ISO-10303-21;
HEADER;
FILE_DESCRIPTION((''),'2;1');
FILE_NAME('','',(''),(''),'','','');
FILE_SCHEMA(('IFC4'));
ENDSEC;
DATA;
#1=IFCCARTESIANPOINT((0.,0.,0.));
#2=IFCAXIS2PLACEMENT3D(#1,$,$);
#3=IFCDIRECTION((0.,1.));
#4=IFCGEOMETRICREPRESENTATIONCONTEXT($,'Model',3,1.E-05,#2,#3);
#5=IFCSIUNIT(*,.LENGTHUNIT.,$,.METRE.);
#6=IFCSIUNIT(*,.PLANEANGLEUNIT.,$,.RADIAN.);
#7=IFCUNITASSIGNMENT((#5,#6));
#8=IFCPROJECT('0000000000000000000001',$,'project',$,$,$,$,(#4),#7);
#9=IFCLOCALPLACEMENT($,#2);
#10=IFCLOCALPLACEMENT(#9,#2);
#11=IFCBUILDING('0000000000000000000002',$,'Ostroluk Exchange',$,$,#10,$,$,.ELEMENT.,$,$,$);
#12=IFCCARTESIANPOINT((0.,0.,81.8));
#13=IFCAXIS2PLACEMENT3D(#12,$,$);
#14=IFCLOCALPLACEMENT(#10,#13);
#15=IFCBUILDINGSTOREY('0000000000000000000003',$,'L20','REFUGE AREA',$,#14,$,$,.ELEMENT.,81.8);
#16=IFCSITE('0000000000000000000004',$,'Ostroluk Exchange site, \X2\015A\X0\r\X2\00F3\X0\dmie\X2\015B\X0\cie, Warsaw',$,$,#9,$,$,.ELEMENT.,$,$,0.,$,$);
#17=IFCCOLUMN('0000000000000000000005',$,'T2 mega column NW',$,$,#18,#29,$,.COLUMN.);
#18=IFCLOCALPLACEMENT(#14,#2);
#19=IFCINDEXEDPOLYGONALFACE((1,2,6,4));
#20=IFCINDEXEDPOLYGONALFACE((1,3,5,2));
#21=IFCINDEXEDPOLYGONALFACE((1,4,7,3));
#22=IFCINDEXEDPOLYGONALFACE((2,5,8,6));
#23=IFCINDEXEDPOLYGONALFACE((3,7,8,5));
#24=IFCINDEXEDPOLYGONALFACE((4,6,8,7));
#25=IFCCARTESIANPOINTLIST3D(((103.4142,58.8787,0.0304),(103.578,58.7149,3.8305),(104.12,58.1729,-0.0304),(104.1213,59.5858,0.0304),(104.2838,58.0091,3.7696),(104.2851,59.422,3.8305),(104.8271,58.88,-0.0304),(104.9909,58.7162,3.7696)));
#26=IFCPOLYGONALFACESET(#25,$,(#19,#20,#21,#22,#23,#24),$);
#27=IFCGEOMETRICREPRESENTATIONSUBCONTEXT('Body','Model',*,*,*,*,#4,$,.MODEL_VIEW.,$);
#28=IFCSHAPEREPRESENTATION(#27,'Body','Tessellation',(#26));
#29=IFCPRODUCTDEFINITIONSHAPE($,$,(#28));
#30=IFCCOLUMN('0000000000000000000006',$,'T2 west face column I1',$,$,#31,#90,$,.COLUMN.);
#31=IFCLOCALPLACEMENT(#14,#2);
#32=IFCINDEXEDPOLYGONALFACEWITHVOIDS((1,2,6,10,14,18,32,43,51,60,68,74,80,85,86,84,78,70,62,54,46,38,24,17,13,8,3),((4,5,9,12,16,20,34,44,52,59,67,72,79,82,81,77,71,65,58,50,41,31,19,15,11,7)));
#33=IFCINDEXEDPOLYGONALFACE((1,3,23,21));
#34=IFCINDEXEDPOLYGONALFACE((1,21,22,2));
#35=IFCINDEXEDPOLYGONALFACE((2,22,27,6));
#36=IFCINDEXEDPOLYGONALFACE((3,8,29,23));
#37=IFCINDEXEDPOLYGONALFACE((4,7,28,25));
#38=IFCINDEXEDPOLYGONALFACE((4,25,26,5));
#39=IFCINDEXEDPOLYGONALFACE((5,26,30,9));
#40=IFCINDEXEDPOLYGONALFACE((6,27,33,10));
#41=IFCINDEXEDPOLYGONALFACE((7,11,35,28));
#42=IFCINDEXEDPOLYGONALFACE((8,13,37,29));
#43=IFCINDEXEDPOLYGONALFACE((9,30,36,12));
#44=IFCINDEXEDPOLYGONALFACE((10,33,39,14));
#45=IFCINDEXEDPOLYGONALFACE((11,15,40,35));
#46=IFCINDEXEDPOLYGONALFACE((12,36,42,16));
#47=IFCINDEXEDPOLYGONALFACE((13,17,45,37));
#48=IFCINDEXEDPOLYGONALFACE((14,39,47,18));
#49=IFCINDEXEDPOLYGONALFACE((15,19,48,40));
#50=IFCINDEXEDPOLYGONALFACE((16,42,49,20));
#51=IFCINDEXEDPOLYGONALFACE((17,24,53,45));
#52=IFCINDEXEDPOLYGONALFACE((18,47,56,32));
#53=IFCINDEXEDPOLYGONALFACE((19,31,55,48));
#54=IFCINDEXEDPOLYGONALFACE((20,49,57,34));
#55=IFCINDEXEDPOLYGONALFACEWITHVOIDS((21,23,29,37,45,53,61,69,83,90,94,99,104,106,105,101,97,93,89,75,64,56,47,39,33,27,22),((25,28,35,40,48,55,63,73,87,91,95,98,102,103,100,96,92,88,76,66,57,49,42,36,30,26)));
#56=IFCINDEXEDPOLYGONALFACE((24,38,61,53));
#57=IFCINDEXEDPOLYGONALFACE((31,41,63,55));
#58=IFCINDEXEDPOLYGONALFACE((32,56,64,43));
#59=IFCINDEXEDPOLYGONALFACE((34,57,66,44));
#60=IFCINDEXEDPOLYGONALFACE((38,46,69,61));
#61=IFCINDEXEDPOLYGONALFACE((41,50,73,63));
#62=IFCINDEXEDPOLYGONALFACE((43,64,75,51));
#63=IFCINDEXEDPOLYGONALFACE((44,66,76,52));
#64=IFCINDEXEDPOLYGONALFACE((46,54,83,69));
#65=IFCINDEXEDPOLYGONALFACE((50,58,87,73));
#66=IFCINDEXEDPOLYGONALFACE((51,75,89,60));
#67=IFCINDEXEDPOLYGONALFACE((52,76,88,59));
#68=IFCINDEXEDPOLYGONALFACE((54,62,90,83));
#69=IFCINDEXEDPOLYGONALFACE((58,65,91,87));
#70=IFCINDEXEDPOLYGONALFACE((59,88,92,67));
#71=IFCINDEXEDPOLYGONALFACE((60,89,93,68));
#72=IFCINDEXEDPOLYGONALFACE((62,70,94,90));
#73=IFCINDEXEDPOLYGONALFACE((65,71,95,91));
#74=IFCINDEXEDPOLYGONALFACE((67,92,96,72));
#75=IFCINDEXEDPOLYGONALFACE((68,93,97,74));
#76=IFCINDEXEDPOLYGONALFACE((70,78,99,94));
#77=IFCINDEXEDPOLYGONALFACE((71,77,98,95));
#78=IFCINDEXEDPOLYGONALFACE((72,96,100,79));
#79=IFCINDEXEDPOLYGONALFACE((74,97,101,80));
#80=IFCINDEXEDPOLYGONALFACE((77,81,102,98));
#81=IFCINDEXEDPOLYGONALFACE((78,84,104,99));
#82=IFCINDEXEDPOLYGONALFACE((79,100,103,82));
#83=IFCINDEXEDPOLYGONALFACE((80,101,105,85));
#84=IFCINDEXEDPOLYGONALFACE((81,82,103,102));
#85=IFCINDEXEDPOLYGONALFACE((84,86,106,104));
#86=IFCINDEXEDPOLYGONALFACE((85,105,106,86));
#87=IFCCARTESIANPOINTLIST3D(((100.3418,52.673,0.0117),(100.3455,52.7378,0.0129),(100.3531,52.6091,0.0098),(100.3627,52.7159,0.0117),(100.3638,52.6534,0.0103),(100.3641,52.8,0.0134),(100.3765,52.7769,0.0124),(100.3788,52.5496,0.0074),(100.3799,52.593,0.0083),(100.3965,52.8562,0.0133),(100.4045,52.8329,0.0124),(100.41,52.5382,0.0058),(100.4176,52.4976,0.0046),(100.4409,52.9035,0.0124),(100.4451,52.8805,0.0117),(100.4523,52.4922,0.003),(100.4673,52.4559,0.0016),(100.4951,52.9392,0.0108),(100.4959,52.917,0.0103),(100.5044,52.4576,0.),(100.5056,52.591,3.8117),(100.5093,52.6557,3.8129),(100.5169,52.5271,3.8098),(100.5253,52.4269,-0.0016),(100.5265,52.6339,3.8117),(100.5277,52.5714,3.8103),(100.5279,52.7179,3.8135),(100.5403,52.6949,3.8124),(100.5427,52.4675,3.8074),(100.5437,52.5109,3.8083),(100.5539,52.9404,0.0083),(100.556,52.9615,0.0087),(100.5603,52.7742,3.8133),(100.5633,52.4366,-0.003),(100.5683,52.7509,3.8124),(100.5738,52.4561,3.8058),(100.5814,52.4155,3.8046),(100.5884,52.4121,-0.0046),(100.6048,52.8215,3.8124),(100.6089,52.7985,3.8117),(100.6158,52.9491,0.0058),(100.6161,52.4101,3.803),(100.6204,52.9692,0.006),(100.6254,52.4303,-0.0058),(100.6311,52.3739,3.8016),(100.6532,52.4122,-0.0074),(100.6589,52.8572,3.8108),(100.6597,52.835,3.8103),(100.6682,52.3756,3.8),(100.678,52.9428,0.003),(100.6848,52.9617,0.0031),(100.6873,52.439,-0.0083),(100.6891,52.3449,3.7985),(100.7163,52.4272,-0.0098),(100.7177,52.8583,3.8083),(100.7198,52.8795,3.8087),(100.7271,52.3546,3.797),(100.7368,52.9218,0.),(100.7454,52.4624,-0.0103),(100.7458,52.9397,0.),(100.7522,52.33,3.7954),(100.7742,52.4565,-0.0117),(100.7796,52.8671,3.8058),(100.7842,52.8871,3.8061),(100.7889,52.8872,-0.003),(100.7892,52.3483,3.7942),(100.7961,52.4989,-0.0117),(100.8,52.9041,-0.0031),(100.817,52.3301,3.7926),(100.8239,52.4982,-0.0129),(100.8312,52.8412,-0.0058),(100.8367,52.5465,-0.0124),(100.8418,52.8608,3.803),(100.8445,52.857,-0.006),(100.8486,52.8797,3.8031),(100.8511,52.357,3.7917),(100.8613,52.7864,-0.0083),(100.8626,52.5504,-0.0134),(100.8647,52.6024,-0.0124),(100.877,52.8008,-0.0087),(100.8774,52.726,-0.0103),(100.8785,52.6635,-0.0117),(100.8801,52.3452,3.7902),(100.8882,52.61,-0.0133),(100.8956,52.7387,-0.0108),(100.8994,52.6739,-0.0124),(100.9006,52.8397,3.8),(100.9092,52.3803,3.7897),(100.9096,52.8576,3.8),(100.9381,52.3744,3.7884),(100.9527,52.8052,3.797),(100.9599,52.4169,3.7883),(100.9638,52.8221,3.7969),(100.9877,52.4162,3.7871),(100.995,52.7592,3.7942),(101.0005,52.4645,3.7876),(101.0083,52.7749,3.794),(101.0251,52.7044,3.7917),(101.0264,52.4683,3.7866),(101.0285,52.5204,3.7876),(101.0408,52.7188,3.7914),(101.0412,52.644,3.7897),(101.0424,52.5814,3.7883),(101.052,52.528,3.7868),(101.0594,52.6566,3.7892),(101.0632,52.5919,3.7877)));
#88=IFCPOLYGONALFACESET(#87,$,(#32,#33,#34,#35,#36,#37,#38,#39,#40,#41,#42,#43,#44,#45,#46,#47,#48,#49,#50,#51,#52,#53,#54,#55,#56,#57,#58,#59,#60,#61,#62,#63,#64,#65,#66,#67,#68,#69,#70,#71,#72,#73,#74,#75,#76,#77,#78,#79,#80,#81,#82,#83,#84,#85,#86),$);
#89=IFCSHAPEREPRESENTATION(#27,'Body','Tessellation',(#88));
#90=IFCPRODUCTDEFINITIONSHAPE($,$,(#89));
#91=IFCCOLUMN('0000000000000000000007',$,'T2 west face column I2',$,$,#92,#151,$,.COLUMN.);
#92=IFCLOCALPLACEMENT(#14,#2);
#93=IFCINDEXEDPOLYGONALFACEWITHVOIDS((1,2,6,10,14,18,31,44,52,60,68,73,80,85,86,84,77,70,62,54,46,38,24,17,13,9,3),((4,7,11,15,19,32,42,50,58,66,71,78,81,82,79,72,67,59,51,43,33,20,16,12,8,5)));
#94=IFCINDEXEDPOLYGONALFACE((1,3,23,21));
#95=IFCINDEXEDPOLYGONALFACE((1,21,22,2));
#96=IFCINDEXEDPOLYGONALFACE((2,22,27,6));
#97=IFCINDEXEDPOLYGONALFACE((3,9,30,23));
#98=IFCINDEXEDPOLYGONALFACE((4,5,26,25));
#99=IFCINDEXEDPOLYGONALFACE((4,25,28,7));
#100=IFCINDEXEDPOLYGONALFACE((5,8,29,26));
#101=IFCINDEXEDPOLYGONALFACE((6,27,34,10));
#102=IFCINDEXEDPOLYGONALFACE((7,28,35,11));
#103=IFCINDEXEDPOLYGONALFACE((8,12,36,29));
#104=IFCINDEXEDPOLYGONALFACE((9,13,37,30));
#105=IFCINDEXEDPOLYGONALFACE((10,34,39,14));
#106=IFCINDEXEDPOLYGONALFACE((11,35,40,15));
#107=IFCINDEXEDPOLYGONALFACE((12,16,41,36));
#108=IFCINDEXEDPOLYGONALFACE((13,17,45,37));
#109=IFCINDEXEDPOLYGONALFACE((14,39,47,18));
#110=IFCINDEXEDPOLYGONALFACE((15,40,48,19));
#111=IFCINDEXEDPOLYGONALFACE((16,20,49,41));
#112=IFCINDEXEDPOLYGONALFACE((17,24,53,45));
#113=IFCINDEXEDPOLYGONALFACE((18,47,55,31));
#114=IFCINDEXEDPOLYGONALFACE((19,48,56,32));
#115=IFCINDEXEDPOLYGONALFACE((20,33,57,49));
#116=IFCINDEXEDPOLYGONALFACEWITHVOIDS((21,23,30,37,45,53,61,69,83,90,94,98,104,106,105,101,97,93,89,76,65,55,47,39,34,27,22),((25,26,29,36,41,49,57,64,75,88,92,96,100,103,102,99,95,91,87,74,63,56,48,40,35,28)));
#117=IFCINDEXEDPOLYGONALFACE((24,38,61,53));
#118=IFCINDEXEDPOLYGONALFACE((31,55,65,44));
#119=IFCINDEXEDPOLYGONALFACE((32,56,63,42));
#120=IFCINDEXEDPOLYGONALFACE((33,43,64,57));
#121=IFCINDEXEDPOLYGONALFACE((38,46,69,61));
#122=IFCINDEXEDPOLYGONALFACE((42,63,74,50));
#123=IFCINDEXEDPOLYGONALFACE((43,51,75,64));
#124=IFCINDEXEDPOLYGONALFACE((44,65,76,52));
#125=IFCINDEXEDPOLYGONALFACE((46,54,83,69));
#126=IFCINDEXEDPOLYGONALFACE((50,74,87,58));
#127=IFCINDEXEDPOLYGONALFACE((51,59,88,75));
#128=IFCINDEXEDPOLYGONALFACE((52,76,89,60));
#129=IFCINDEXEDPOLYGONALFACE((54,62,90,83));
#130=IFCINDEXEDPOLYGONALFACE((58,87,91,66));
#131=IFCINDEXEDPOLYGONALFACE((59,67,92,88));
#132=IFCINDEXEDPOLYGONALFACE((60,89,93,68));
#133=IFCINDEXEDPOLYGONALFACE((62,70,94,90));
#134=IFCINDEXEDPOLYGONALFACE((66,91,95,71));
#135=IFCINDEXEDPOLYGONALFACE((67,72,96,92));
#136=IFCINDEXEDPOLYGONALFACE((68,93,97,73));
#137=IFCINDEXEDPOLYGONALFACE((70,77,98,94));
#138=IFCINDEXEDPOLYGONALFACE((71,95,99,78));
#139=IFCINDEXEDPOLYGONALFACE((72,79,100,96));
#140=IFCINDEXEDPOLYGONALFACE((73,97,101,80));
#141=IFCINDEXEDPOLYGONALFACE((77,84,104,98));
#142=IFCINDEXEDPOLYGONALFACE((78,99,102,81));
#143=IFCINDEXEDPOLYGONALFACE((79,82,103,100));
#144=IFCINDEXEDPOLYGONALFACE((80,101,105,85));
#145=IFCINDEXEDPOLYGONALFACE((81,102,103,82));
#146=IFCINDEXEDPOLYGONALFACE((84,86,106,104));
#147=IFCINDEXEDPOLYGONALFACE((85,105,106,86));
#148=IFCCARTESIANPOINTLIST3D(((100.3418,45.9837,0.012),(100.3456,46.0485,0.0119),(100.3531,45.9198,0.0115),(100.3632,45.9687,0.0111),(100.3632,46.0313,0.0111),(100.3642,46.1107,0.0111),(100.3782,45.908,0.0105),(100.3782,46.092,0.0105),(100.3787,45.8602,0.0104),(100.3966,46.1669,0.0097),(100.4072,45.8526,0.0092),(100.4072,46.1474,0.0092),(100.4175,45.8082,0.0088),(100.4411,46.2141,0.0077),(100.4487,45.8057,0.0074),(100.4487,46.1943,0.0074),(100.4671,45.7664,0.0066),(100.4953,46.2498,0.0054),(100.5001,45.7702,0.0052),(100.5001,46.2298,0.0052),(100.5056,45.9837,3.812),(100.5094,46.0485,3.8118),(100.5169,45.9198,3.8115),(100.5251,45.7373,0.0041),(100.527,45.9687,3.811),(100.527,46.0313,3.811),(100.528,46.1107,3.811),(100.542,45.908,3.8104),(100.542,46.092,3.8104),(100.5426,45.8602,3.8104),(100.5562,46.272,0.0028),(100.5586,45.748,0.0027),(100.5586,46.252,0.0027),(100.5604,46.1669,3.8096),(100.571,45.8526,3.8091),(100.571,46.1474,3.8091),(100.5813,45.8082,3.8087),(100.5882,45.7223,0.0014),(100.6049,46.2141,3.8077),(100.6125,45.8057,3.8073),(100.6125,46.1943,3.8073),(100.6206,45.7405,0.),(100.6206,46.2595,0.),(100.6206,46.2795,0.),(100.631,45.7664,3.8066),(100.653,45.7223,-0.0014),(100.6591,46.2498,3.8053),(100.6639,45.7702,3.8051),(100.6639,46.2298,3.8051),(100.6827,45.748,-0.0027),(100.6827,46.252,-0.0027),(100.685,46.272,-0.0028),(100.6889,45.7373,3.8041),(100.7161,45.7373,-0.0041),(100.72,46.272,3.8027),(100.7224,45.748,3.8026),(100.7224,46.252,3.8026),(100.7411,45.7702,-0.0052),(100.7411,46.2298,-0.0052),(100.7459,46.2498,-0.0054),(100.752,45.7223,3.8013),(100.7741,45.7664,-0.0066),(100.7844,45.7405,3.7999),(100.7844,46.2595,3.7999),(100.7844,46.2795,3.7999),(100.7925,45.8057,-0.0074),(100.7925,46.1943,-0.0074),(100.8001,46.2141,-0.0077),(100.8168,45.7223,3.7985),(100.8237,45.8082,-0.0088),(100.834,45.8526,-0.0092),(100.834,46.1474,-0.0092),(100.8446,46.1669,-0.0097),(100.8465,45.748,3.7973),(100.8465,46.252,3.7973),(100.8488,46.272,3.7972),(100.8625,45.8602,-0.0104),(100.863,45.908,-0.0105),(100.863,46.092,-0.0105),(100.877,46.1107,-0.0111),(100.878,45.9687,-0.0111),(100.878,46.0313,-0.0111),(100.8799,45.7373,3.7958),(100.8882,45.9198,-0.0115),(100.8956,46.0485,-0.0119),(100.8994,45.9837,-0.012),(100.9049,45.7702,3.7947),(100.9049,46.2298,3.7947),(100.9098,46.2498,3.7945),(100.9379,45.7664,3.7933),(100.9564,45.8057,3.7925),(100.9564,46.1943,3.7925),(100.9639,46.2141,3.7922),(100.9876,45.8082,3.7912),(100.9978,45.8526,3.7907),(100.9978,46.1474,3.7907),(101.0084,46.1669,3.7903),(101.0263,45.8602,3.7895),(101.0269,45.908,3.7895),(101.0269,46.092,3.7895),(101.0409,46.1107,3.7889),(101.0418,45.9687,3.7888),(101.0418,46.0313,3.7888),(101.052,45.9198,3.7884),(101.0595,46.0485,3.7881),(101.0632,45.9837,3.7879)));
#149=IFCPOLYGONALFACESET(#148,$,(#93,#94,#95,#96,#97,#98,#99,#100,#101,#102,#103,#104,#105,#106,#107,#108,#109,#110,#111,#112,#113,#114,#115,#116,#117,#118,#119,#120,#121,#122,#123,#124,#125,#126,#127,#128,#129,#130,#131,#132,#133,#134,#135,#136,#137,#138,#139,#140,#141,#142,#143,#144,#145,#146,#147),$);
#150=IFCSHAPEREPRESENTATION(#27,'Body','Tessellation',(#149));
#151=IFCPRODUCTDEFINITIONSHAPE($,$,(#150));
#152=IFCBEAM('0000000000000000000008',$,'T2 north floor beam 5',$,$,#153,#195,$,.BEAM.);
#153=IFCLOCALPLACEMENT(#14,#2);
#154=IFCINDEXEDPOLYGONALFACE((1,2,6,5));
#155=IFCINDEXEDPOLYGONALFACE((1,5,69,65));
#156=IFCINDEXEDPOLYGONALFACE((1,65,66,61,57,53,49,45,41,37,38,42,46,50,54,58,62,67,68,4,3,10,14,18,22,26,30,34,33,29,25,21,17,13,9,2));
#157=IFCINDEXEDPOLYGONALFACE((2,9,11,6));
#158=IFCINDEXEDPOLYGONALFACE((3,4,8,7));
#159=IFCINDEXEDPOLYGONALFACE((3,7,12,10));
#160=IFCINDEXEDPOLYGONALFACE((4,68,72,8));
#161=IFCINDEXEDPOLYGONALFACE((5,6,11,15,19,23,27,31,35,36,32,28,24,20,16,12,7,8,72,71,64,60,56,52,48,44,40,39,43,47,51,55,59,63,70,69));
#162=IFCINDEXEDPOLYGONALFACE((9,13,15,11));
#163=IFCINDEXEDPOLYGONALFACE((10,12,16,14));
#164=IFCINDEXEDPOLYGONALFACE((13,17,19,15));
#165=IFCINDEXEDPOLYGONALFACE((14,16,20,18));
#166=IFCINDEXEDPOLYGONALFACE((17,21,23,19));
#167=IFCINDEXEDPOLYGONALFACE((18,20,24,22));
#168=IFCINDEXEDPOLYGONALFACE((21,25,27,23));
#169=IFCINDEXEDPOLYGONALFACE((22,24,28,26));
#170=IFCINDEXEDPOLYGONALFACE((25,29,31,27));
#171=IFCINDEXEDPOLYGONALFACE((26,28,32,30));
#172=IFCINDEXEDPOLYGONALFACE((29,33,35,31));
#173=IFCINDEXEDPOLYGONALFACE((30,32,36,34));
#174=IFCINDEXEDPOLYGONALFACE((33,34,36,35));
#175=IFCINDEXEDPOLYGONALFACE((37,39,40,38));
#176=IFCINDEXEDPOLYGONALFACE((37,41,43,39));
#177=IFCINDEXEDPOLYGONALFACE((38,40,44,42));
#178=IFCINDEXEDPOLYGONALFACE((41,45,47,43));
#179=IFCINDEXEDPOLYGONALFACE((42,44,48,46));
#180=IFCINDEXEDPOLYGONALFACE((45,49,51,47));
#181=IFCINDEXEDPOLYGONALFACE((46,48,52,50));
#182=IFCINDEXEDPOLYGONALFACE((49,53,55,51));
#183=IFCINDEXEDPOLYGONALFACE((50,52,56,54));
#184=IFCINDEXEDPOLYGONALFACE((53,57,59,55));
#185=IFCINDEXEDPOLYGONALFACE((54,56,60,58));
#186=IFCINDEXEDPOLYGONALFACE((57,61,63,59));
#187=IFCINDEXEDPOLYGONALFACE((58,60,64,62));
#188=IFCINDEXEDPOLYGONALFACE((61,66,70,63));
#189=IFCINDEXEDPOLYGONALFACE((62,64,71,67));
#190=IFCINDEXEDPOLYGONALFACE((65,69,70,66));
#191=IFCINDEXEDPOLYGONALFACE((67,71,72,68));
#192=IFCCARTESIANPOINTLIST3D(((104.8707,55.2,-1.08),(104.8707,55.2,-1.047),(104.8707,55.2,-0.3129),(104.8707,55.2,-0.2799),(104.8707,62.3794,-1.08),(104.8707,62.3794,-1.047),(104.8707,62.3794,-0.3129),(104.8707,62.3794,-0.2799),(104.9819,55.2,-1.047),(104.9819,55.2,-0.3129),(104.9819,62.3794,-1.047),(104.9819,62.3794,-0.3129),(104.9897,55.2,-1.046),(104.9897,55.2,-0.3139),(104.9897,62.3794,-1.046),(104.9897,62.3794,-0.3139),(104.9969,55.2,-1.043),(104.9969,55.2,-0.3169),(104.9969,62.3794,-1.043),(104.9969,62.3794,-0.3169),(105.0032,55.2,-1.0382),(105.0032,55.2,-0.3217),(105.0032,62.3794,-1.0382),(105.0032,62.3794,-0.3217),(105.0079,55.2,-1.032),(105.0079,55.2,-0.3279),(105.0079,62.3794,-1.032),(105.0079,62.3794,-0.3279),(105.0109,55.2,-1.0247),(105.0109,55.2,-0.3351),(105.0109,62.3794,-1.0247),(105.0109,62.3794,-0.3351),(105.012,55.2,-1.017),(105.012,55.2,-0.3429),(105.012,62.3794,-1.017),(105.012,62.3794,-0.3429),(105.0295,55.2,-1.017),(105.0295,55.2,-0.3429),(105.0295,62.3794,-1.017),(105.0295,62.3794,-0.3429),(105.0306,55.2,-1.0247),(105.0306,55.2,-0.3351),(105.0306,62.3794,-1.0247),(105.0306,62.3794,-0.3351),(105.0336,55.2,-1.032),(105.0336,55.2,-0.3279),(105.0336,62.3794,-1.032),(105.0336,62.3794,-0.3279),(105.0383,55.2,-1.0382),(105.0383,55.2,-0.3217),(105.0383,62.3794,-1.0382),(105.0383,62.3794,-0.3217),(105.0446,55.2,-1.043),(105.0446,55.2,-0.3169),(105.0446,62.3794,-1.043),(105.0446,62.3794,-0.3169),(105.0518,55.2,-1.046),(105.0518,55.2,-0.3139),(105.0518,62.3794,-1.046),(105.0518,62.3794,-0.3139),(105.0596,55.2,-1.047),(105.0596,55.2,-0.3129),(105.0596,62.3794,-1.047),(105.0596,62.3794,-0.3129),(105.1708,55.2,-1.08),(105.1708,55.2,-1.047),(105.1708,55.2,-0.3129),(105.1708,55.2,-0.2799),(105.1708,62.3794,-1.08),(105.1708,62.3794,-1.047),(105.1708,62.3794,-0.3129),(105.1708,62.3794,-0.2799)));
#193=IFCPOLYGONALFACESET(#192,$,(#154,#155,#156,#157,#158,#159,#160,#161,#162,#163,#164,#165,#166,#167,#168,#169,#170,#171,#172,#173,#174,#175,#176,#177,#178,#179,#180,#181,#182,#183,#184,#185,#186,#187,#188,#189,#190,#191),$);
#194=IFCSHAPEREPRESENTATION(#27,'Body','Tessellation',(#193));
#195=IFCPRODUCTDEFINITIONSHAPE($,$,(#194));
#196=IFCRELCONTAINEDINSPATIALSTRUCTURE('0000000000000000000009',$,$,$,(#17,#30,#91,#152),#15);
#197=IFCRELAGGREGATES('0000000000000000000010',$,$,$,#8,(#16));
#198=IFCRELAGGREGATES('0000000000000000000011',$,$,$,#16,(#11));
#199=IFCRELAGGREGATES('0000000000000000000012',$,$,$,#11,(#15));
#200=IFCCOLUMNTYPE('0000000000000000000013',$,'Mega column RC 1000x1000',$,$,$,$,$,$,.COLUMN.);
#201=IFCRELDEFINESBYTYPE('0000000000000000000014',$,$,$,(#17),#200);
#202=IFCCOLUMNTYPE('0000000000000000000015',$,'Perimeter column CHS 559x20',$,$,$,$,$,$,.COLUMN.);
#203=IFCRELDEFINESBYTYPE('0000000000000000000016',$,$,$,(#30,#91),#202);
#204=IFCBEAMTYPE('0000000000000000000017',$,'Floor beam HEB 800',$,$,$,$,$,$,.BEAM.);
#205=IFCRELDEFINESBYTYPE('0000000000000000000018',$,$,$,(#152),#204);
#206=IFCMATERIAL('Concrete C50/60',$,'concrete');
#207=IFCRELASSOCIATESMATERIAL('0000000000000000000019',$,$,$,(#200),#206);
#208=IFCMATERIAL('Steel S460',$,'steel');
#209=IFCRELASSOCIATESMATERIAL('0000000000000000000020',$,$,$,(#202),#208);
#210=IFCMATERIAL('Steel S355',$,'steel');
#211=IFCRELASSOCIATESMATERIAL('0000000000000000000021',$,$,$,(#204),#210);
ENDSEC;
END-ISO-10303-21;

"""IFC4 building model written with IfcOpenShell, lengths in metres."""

from ifc_helpers import new_model, si_unit, direction, frame, origin, origin_2d, place, context, subcontext, project, spatial, rectangle, hollow_circle, i_section, extrude, material, material_profile, profile_set, type_object, element, save


model = new_model("IFC4")

# Units and contexts
model_context = context("Model", 3, precision=1e-05, world=origin(), true_north=direction((0.0, 1.0)))
body_context = subcontext(model_context, "Body", "Model", "MODEL_VIEW")
ifc_project = project(units=[si_unit("LENGTHUNIT", "METRE"), si_unit("PLANEANGLEUNIT", "RADIAN")], contexts=[model_context])

# Site, building, storey
site_placement = place(None, origin())
site = spatial("IfcSite", under=ifc_project, at=site_placement, Name="Ostroluk Exchange site, Śródmieście, Warsaw", CompositionType="ELEMENT", RefElevation=0.0)
building_placement = place(site_placement, origin())
building = spatial("IfcBuilding", under=site, at=building_placement, Name="Ostroluk Exchange", CompositionType="ELEMENT")
storey_placement = place(building_placement, frame((0.0, 0.0, 81.8)))
storey = spatial("IfcBuildingStorey", under=building, at=storey_placement, Name="L20", Description="REFUGE AREA", CompositionType="ELEMENT", Elevation=81.8)

# Columns
ifc_material_1 = material(Name="Concrete C50/60", Category="concrete")
ifc_material_profile_1 = material_profile(ifc_material_1, rectangle(XDim=1.0, YDim=1.0, at=origin_2d()), Name="RC 1000x1000")
ifc_profile_set_1 = profile_set([ifc_material_profile_1], Name="Concrete C50/60")
column_type_1 = type_object("IfcColumnType", Name="Mega column RC 1000x1000", PredefinedType="COLUMN", material=ifc_profile_set_1)
column_1_placement = place(storey_placement, frame((104.1206, 58.8794, 0.0), z_axis=(0.04303, -0.04303, 0.998147), x_axis=(0.707107, 0.707107, 0.0)))
element("IfcColumn", 1, at=column_1_placement, inside=storey, type_object=column_type_1, Name="T2 mega column NW", PredefinedType="COLUMN", context=body_context, shape_type="SweptSolid", body=[
    extrude(rectangle(XDim=1.0, YDim=1.0, at=origin_2d()), origin(), (0.0, 0.0, 1.0), 3.8071),
])
ifc_material_2 = material(Name="Steel S460", Category="steel")
ifc_material_profile_2 = material_profile(ifc_material_2, hollow_circle(Radius=0.2795, WallThickness=0.02, at=origin_2d()), Name="CHS 559x20")
ifc_profile_set_2 = profile_set([ifc_material_profile_2], Name="Steel S460")
column_type_2 = type_object("IfcColumnType", Name="Perimeter column CHS 559x20", PredefinedType="COLUMN", material=ifc_profile_set_2)
column_2_placement = place(storey_placement, frame((100.6206, 52.6897, 0.0), z_axis=(0.04306, -0.021562, 0.99884), x_axis=(0.447747, 0.894161, 0.0)))
element("IfcColumn", 2, at=column_2_placement, inside=storey, type_object=column_type_2, Name="T2 west face column I1", PredefinedType="COLUMN", context=body_context, shape_type="SweptSolid", body=[
    extrude(hollow_circle(Radius=0.2795, WallThickness=0.02, at=origin_2d()), origin(), (0.0, 0.0, 1.0), 3.8044),
])
column_3_placement = place(storey_placement, frame((100.6206, 46.0, 0.0), z_axis=(0.04307, 0.0, 0.999072), x_axis=(0.0, 1.0, 0.0)))
element("IfcColumn", 3, at=column_3_placement, inside=storey, type_object=column_type_2, Name="T2 west face column I2", PredefinedType="COLUMN", context=body_context, shape_type="SweptSolid", body=[
    extrude(hollow_circle(Radius=0.2795, WallThickness=0.02, at=origin_2d()), origin(), (0.0, 0.0, 1.0), 3.8035),
])

# Beam
ifc_material_3 = material(Name="Steel S355", Category="steel")
ifc_material_profile_3 = material_profile(ifc_material_3, i_section(OverallWidth=0.3, OverallDepth=0.8, WebThickness=0.0176, FlangeThickness=0.033, FilletRadius=0.03, at=origin_2d()), Name="HEB 800")
ifc_profile_set_3 = profile_set([ifc_material_profile_3], Name="Steel S355")
beam_type_1 = type_object("IfcBeamType", Name="Floor beam HEB 800", PredefinedType="BEAM", material=ifc_profile_set_3)
beam_1_placement = place(storey_placement, frame((105.0208, 55.2, -0.6799), z_axis=(0.0, 1.0, 0.0), x_axis=(-1.0, 0.0, 0.0)))
element("IfcBeam", 4, at=beam_1_placement, inside=storey, type_object=beam_type_1, Name="T2 north floor beam 5", PredefinedType="BEAM", context=body_context, shape_type="SweptSolid", body=[
    extrude(i_section(OverallWidth=0.3, OverallDepth=0.8, WebThickness=0.0176, FlangeThickness=0.033, FilletRadius=0.03, at=origin_2d()), origin(), (0.0, 0.0, 1.0), 7.1794),
])

save(model, "model.ifc")
